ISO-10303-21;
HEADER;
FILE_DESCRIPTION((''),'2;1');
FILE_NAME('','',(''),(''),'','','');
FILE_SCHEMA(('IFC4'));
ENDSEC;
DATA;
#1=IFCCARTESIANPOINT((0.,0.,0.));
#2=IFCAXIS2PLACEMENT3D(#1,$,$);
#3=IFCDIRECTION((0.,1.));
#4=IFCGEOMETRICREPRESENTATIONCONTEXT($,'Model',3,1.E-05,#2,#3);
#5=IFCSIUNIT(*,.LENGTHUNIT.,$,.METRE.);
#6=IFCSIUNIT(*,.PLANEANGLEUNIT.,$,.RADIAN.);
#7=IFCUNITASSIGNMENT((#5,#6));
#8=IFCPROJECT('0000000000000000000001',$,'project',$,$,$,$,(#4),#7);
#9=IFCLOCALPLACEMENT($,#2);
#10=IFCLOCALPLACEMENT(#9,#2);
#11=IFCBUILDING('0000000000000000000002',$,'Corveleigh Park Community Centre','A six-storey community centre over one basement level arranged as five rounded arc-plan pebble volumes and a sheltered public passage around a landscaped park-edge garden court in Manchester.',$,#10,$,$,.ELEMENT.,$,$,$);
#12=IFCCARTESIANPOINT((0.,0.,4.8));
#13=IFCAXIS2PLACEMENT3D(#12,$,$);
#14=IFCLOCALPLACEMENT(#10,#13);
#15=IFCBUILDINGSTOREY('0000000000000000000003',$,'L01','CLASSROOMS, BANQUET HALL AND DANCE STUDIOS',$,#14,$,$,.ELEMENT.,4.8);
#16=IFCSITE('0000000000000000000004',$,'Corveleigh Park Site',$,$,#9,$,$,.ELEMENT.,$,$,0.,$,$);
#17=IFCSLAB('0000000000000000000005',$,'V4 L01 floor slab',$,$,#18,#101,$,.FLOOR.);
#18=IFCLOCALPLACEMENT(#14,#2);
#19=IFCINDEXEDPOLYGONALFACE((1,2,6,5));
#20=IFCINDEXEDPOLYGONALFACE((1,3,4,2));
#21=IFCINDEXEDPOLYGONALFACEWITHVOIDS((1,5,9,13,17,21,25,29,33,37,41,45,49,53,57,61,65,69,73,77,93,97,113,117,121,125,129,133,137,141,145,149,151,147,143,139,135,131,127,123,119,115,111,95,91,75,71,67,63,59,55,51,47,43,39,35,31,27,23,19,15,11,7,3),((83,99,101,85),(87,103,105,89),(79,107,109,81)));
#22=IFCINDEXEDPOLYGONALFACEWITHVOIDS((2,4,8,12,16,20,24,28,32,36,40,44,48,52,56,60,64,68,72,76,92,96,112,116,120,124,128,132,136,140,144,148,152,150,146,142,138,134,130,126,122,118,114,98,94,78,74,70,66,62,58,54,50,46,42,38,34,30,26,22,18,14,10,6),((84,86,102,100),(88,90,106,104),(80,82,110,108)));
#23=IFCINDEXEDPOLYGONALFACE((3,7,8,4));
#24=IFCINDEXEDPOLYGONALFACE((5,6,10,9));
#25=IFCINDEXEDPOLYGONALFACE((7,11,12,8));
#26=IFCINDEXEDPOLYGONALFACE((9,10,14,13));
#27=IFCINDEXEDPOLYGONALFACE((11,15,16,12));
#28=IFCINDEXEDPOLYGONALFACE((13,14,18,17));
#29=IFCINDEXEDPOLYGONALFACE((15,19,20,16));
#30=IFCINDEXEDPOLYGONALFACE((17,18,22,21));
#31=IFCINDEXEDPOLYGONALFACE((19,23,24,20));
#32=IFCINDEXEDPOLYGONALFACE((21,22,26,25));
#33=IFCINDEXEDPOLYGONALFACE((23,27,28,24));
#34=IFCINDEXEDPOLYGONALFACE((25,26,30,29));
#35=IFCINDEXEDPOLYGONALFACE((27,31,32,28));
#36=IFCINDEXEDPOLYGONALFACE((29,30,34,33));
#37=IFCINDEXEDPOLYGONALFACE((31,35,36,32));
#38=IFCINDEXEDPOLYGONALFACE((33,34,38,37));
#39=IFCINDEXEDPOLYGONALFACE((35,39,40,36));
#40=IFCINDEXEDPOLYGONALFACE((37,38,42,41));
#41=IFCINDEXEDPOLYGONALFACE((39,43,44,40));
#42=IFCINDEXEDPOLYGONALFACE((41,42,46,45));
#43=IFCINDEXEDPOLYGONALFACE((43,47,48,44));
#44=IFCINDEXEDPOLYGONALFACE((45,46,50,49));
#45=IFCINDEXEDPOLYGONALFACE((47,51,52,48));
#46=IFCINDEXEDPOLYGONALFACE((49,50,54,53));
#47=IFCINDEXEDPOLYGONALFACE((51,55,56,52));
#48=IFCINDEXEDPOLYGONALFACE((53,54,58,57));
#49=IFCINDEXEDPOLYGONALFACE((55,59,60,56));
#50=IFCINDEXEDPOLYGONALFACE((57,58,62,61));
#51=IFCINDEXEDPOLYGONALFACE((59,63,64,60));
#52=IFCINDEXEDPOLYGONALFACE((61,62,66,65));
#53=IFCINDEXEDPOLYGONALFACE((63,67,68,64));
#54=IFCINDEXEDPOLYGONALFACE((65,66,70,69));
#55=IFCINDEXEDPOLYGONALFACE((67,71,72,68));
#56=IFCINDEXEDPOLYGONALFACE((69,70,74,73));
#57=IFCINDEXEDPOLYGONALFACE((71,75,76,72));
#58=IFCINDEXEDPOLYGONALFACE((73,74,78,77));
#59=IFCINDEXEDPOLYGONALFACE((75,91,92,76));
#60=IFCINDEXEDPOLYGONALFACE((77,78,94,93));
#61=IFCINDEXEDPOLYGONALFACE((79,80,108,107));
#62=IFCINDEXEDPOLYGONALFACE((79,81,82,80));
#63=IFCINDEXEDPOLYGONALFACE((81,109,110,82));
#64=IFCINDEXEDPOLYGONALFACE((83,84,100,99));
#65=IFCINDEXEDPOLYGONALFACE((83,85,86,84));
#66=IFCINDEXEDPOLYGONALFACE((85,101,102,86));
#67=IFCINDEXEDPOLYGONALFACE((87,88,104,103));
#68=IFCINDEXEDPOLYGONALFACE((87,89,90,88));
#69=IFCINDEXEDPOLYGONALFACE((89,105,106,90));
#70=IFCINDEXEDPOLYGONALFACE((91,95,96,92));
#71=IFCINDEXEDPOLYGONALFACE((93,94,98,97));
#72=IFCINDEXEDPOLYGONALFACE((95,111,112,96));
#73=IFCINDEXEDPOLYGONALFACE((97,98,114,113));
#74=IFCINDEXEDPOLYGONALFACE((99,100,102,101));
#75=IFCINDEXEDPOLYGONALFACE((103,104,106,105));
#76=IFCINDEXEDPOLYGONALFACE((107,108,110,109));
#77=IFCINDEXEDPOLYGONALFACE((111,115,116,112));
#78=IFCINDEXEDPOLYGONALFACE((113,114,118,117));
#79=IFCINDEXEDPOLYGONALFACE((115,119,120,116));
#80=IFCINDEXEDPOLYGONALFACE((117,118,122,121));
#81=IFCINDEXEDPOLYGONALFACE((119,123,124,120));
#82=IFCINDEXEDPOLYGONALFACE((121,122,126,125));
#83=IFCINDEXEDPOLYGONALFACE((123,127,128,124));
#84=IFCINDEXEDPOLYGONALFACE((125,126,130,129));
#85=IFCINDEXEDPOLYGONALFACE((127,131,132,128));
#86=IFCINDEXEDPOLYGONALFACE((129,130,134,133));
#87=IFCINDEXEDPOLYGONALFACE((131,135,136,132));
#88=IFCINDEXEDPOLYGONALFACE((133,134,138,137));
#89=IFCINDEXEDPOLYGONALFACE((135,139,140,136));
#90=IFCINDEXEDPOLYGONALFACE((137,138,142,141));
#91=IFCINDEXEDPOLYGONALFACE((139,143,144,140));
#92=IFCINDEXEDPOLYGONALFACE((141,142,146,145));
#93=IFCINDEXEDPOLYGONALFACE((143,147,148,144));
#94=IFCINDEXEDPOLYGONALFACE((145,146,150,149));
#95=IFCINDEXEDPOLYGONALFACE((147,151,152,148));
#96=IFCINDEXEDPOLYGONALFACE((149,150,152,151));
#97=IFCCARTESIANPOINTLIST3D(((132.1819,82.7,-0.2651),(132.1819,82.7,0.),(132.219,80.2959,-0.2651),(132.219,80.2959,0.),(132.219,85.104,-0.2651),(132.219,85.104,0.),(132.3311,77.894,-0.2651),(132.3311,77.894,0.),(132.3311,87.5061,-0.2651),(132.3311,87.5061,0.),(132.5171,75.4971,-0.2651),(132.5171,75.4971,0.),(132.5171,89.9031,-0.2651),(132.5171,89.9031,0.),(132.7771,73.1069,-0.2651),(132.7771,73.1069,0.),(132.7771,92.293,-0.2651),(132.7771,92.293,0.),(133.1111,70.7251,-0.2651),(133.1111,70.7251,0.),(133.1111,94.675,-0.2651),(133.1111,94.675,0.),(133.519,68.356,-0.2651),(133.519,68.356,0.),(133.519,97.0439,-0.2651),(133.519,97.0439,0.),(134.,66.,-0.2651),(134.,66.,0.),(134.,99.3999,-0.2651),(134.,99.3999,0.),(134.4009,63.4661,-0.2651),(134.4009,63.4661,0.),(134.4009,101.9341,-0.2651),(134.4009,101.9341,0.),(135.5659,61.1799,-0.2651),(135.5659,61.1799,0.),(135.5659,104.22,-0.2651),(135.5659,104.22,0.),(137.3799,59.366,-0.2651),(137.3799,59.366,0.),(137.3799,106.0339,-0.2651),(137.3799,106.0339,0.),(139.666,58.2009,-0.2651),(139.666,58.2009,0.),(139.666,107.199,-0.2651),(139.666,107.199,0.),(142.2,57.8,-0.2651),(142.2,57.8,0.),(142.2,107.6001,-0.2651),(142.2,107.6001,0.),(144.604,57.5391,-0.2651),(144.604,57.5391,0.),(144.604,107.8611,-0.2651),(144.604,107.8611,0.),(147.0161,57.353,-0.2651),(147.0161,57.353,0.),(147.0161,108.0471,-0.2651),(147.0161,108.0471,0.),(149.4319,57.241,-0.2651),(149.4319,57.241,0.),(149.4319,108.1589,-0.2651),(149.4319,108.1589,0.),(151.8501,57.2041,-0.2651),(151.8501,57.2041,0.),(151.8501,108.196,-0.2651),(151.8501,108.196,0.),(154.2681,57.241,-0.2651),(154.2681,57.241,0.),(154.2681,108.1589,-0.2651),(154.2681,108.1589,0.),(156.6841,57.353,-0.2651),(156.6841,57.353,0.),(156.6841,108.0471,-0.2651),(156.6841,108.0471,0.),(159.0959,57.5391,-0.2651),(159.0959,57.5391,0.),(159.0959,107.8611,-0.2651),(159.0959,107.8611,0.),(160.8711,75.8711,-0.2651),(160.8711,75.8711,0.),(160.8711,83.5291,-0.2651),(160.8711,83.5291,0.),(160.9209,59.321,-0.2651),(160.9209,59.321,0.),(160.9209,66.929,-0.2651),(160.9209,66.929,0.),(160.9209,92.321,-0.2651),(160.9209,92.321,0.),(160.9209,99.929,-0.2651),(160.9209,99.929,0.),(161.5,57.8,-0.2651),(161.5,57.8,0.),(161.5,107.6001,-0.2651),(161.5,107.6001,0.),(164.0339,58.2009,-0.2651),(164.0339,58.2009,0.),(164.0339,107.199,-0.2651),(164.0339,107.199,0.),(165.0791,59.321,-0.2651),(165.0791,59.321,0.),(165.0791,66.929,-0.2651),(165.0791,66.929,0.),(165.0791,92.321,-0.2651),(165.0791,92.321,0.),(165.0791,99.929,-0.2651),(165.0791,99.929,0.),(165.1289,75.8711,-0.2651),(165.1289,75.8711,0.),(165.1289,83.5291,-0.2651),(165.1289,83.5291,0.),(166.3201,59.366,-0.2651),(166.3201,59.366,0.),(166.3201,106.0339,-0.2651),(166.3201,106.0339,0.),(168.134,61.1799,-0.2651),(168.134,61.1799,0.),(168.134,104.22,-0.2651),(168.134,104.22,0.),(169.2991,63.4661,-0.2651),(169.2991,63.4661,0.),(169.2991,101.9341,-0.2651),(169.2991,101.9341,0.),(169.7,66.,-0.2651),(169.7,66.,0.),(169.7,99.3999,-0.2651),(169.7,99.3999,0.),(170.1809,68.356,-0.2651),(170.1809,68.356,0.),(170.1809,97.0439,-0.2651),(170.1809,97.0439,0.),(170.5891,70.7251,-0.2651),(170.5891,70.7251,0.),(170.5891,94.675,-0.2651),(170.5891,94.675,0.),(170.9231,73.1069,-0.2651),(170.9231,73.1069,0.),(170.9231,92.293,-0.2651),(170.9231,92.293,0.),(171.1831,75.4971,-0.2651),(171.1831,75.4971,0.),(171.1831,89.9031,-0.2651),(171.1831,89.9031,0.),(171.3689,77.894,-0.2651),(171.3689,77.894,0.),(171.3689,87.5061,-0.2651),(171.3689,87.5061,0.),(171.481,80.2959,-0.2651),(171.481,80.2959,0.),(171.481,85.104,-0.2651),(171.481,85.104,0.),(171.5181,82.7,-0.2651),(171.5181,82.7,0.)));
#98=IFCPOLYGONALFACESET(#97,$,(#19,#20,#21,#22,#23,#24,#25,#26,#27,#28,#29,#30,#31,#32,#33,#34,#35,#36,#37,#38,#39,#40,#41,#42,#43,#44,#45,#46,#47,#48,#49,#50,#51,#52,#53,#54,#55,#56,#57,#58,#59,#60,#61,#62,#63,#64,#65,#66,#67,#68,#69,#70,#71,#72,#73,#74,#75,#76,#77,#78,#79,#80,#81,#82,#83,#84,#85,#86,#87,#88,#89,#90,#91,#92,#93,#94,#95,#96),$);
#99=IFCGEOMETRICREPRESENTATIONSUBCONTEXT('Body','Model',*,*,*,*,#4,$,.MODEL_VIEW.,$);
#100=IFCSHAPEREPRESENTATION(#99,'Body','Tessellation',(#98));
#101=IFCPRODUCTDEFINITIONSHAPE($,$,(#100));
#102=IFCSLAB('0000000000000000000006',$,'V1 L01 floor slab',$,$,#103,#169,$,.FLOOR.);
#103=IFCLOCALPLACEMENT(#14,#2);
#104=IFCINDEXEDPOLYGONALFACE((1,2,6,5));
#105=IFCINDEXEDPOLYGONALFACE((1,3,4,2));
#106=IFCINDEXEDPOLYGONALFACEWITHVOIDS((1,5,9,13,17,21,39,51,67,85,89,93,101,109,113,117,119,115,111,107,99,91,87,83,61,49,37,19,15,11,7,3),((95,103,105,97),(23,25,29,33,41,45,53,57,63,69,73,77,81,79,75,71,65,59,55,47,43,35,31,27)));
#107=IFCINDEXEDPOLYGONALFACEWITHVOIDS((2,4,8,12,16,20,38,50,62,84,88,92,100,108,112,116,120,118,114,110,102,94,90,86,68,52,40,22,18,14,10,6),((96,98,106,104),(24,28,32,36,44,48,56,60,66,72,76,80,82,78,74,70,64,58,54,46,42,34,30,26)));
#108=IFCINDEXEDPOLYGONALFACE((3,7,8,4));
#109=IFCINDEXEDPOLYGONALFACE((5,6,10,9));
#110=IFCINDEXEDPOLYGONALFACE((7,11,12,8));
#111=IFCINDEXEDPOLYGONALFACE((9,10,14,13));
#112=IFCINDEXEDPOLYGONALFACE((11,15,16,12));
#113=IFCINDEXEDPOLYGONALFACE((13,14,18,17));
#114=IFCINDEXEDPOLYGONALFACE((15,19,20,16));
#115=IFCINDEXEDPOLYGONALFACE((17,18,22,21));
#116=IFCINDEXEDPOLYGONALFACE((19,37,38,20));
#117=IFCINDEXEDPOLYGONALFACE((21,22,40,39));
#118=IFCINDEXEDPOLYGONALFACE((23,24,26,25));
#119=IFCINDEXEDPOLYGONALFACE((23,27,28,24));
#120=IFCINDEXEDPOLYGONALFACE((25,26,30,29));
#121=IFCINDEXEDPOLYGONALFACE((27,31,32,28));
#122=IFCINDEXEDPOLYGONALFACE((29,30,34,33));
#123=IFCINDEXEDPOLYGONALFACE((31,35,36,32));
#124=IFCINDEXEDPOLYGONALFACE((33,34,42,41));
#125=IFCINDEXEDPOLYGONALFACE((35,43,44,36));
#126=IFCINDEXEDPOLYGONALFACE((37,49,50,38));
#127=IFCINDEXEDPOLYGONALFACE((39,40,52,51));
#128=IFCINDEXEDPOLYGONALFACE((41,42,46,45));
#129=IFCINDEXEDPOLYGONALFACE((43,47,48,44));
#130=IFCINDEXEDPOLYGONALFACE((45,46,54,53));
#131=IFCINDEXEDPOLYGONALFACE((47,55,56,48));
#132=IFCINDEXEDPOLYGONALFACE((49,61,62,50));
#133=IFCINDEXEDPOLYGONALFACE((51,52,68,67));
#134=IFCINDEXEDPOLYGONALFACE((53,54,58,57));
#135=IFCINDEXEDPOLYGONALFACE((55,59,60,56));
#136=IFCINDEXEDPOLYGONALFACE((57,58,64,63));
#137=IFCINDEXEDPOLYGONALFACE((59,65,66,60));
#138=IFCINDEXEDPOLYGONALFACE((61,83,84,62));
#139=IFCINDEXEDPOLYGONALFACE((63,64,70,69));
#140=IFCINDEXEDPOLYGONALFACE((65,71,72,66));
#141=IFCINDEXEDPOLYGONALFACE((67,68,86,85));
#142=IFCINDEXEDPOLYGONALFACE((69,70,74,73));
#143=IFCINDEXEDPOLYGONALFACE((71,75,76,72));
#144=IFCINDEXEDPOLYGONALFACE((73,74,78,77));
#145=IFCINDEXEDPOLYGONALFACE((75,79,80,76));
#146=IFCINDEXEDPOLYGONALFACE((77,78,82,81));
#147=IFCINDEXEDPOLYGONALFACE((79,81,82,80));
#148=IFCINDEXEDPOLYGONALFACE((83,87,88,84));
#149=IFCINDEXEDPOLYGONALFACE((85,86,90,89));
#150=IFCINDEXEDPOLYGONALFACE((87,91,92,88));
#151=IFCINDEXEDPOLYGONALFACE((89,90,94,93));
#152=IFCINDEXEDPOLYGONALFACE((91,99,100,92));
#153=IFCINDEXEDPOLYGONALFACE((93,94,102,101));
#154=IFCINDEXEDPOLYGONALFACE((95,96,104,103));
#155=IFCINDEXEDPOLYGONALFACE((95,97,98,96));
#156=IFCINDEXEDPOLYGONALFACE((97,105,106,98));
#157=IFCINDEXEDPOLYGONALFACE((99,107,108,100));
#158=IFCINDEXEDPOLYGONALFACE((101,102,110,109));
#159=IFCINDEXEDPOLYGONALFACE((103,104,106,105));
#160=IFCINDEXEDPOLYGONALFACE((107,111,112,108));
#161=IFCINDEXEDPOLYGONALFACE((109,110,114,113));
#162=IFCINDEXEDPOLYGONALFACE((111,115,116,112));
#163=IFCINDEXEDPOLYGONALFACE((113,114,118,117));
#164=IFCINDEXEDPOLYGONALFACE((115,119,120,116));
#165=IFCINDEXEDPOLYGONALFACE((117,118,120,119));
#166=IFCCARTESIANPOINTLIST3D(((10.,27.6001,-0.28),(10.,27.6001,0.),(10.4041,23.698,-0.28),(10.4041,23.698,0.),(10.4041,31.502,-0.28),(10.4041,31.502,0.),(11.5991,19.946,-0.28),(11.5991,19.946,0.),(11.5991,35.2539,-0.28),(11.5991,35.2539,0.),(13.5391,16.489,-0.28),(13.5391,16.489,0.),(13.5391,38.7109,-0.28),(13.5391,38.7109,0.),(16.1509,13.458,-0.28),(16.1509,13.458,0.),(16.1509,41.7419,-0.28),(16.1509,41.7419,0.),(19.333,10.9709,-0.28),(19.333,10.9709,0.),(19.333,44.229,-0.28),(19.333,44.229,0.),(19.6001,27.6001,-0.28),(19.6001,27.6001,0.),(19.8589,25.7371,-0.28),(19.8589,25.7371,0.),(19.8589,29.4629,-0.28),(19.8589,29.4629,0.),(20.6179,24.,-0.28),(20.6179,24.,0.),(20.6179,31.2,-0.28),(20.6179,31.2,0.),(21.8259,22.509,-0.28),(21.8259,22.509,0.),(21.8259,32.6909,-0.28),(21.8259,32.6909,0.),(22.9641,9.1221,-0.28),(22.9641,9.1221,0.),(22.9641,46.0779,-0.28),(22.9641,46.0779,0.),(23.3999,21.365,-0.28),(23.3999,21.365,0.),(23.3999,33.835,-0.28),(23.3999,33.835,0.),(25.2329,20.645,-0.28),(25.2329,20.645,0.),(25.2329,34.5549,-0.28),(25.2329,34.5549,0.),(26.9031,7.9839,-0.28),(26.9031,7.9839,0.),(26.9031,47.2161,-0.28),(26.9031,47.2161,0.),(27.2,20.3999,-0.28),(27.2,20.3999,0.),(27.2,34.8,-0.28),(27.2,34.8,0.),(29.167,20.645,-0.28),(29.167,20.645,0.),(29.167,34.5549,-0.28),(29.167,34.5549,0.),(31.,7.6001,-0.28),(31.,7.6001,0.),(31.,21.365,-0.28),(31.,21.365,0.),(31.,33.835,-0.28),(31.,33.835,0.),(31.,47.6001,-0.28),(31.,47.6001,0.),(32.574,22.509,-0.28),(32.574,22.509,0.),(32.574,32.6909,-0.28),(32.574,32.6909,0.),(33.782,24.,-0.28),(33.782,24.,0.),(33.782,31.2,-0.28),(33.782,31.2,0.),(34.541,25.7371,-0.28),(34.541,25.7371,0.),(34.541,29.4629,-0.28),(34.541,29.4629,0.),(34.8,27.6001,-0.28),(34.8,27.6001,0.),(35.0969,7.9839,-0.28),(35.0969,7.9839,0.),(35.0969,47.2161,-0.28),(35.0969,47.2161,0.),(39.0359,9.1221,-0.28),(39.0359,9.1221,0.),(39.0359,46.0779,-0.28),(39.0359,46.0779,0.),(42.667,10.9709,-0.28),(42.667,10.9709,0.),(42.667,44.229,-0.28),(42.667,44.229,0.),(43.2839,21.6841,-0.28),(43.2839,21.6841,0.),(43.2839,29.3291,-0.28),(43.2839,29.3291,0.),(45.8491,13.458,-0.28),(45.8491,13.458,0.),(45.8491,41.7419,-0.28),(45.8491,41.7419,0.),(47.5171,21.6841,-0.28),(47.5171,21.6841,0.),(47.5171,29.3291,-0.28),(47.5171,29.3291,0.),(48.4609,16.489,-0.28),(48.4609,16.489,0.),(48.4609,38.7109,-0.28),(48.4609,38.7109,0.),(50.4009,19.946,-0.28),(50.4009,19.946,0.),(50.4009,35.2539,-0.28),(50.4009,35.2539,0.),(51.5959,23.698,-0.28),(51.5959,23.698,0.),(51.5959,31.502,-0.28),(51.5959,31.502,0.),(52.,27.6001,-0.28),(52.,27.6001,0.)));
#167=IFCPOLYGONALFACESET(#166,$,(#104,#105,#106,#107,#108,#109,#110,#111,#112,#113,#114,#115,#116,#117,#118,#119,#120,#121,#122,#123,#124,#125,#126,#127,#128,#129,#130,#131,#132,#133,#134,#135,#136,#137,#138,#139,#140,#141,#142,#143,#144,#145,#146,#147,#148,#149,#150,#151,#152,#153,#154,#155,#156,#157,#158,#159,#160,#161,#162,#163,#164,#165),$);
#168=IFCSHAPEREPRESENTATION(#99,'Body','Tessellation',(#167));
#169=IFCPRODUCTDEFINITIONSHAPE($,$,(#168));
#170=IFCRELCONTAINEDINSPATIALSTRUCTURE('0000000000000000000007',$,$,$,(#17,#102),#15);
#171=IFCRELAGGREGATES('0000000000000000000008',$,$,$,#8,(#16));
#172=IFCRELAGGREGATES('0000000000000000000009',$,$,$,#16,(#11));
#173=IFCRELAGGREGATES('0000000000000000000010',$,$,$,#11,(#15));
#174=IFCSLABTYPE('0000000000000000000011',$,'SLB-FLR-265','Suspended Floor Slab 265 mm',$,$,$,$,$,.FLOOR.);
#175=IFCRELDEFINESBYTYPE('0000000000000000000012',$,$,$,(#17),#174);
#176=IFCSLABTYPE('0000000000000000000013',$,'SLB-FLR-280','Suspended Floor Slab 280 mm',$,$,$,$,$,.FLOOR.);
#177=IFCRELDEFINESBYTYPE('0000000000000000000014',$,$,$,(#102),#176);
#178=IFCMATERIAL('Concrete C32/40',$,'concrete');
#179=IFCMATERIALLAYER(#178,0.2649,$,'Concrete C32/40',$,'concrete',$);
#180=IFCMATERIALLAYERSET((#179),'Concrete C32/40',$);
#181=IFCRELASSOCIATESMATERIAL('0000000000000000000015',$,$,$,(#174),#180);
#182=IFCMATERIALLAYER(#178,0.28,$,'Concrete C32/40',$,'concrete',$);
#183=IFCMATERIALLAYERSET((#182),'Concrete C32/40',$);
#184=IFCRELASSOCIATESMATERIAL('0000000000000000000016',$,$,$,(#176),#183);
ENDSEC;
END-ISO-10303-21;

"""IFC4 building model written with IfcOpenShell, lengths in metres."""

from ifc_helpers import new_model, si_unit, direction, frame, origin, place, context, subcontext, project, spatial, polyline, outline, extrude, material, layer, layer_set, type_object, element, save


model = new_model("IFC4")

# Units and contexts
model_context = context("Model", 3, precision=1e-05, world=origin(), true_north=direction((0.0, 1.0)))
body_context = subcontext(model_context, "Body", "Model", "MODEL_VIEW")
ifc_project = project(units=[si_unit("LENGTHUNIT", "METRE"), si_unit("PLANEANGLEUNIT", "RADIAN")], contexts=[model_context])

# Site, building, storey
site_placement = place(None, origin())
site = spatial("IfcSite", under=ifc_project, at=site_placement, Name="Corveleigh Park Site", CompositionType="ELEMENT", RefElevation=0.0)
building_placement = place(site_placement, origin())
building = spatial("IfcBuilding", under=site, at=building_placement, Name="Corveleigh Park Community Centre", Description="A six-storey community centre over one basement level arranged as five rounded arc-plan pebble volumes and a sheltered public passage around a landscaped park-edge garden court in Manchester.", CompositionType="ELEMENT")
storey_placement = place(building_placement, frame((0.0, 0.0, 4.8)))
storey = spatial("IfcBuildingStorey", under=building, at=storey_placement, Name="L01", Description="CLASSROOMS, BANQUET HALL AND DANCE STUDIOS", CompositionType="ELEMENT", Elevation=4.8)

# Slabs
ifc_material_1 = material(Name="Concrete C32/40", Category="concrete")
ifc_layer_1 = layer(ifc_material_1, 0.2649, Name="Concrete C32/40", Category="concrete")
ifc_layer_set_1 = layer_set([ifc_layer_1], Name="Concrete C32/40")
slab_type_1 = type_object("IfcSlabType", Name="SLB-FLR-265", Description="Suspended Floor Slab 265 mm", PredefinedType="FLOOR", material=ifc_layer_set_1)
slab_1_placement = place(storey_placement, frame((0.0, 0.0, -0.2651)))
element("IfcSlab", 1, at=slab_1_placement, inside=storey, type_object=slab_type_1, Name="V4 L01 floor slab", PredefinedType="FLOOR", context=body_context, shape_type="SweptSolid", body=[
    extrude(outline(polyline([(139.666, 58.2009), (137.3799, 59.366), (135.5659, 61.1799), (134.4009, 63.4661), (134.0, 66.0), (133.519, 68.356), (133.1111, 70.7251), (132.7771, 73.1069), (132.5171, 75.4971), (132.3311, 77.894), (132.219, 80.2959), (132.1819, 82.7), (132.219, 85.104), (132.3311, 87.5061), (132.5171, 89.9031), (132.7771, 92.293), (133.1111, 94.675), (133.519, 97.0439), (134.0, 99.3999), (134.4009, 101.9341), (135.5659, 104.22), (137.3799, 106.0339), (139.666, 107.199), (142.2, 107.6001), (144.604, 107.8611), (147.0161, 108.0471), (149.4319, 108.1589), (151.8501, 108.196), (154.2681, 108.1589), (156.6841, 108.0471), (159.0959, 107.8611), (161.5, 107.6001), (164.0339, 107.199), (166.3201, 106.0339), (168.134, 104.22), (169.2991, 101.9341), (169.7, 99.3999), (170.1809, 97.0439), (170.5891, 94.675), (170.9231, 92.293), (171.1831, 89.9031), (171.3689, 87.5061), (171.481, 85.104), (171.5181, 82.7), (171.481, 80.2959), (171.3689, 77.894), (171.1831, 75.4971), (170.9231, 73.1069), (170.5891, 70.7251), (170.1809, 68.356), (169.7, 66.0), (169.2991, 63.4661), (168.134, 61.1799), (166.3201, 59.366), (164.0339, 58.2009), (161.5, 57.8), (159.0959, 57.5391), (156.6841, 57.353), (154.2681, 57.241), (151.8501, 57.2041), (149.4319, 57.241), (147.0161, 57.353), (144.604, 57.5391), (142.2, 57.8), (139.666, 58.2009)]), holes=[polyline([(165.0791, 66.929), (160.9209, 66.929), (160.9209, 59.321), (165.0791, 59.321), (165.0791, 66.929)]), polyline([(160.8711, 83.5291), (160.8711, 75.8711), (165.1289, 75.8711), (165.1289, 83.5291), (160.8711, 83.5291)]), polyline([(165.0791, 99.929), (160.9209, 99.929), (160.9209, 92.321), (165.0791, 92.321), (165.0791, 99.929)])]), origin(), (0.0, 0.0, 1.0), 0.2651),
])
ifc_layer_2 = layer(ifc_material_1, 0.28, Name="Concrete C32/40", Category="concrete")
ifc_layer_set_2 = layer_set([ifc_layer_2], Name="Concrete C32/40")
slab_type_2 = type_object("IfcSlabType", Name="SLB-FLR-280", Description="Suspended Floor Slab 280 mm", PredefinedType="FLOOR", material=ifc_layer_set_2)
slab_2_placement = place(storey_placement, frame((0.0, 0.0, -0.28)))
element("IfcSlab", 2, at=slab_2_placement, inside=storey, type_object=slab_type_2, Name="V1 L01 floor slab", PredefinedType="FLOOR", context=body_context, shape_type="SweptSolid", body=[
    extrude(outline(polyline([(51.5959, 23.698), (50.4009, 19.946), (48.4609, 16.489), (45.8491, 13.458), (42.667, 10.9709), (39.0359, 9.1221), (35.0969, 7.9839), (31.0, 7.6001), (26.9031, 7.9839), (22.9641, 9.1221), (19.333, 10.9709), (16.1509, 13.458), (13.5391, 16.489), (11.5991, 19.946), (10.4041, 23.698), (10.0, 27.6001), (10.4041, 31.502), (11.5991, 35.2539), (13.5391, 38.7109), (16.1509, 41.7419), (19.333, 44.229), (22.9641, 46.0779), (26.9031, 47.2161), (31.0, 47.6001), (35.0969, 47.2161), (39.0359, 46.0779), (42.667, 44.229), (45.8491, 41.7419), (48.4609, 38.7109), (50.4009, 35.2539), (51.5959, 31.502), (52.0, 27.6001), (51.5959, 23.698)]), holes=[polyline([(34.541, 29.4629), (33.782, 31.2), (32.574, 32.6909), (31.0, 33.835), (29.167, 34.5549), (27.2, 34.8), (25.2329, 34.5549), (23.3999, 33.835), (21.8259, 32.6909), (20.6179, 31.2), (19.8589, 29.4629), (19.6001, 27.6001), (19.8589, 25.7371), (20.6179, 24.0), (21.8259, 22.509), (23.3999, 21.365), (25.2329, 20.645), (27.2, 20.3999), (29.167, 20.645), (31.0, 21.365), (32.574, 22.509), (33.782, 24.0), (34.541, 25.7371), (34.8, 27.6001), (34.541, 29.4629)]), polyline([(47.5171, 29.3291), (43.2839, 29.3291), (43.2839, 21.6841), (47.5171, 21.6841), (47.5171, 29.3291)])]), origin(), (0.0, 0.0, 1.0), 0.28),
])

save(model, "model.ifc")
